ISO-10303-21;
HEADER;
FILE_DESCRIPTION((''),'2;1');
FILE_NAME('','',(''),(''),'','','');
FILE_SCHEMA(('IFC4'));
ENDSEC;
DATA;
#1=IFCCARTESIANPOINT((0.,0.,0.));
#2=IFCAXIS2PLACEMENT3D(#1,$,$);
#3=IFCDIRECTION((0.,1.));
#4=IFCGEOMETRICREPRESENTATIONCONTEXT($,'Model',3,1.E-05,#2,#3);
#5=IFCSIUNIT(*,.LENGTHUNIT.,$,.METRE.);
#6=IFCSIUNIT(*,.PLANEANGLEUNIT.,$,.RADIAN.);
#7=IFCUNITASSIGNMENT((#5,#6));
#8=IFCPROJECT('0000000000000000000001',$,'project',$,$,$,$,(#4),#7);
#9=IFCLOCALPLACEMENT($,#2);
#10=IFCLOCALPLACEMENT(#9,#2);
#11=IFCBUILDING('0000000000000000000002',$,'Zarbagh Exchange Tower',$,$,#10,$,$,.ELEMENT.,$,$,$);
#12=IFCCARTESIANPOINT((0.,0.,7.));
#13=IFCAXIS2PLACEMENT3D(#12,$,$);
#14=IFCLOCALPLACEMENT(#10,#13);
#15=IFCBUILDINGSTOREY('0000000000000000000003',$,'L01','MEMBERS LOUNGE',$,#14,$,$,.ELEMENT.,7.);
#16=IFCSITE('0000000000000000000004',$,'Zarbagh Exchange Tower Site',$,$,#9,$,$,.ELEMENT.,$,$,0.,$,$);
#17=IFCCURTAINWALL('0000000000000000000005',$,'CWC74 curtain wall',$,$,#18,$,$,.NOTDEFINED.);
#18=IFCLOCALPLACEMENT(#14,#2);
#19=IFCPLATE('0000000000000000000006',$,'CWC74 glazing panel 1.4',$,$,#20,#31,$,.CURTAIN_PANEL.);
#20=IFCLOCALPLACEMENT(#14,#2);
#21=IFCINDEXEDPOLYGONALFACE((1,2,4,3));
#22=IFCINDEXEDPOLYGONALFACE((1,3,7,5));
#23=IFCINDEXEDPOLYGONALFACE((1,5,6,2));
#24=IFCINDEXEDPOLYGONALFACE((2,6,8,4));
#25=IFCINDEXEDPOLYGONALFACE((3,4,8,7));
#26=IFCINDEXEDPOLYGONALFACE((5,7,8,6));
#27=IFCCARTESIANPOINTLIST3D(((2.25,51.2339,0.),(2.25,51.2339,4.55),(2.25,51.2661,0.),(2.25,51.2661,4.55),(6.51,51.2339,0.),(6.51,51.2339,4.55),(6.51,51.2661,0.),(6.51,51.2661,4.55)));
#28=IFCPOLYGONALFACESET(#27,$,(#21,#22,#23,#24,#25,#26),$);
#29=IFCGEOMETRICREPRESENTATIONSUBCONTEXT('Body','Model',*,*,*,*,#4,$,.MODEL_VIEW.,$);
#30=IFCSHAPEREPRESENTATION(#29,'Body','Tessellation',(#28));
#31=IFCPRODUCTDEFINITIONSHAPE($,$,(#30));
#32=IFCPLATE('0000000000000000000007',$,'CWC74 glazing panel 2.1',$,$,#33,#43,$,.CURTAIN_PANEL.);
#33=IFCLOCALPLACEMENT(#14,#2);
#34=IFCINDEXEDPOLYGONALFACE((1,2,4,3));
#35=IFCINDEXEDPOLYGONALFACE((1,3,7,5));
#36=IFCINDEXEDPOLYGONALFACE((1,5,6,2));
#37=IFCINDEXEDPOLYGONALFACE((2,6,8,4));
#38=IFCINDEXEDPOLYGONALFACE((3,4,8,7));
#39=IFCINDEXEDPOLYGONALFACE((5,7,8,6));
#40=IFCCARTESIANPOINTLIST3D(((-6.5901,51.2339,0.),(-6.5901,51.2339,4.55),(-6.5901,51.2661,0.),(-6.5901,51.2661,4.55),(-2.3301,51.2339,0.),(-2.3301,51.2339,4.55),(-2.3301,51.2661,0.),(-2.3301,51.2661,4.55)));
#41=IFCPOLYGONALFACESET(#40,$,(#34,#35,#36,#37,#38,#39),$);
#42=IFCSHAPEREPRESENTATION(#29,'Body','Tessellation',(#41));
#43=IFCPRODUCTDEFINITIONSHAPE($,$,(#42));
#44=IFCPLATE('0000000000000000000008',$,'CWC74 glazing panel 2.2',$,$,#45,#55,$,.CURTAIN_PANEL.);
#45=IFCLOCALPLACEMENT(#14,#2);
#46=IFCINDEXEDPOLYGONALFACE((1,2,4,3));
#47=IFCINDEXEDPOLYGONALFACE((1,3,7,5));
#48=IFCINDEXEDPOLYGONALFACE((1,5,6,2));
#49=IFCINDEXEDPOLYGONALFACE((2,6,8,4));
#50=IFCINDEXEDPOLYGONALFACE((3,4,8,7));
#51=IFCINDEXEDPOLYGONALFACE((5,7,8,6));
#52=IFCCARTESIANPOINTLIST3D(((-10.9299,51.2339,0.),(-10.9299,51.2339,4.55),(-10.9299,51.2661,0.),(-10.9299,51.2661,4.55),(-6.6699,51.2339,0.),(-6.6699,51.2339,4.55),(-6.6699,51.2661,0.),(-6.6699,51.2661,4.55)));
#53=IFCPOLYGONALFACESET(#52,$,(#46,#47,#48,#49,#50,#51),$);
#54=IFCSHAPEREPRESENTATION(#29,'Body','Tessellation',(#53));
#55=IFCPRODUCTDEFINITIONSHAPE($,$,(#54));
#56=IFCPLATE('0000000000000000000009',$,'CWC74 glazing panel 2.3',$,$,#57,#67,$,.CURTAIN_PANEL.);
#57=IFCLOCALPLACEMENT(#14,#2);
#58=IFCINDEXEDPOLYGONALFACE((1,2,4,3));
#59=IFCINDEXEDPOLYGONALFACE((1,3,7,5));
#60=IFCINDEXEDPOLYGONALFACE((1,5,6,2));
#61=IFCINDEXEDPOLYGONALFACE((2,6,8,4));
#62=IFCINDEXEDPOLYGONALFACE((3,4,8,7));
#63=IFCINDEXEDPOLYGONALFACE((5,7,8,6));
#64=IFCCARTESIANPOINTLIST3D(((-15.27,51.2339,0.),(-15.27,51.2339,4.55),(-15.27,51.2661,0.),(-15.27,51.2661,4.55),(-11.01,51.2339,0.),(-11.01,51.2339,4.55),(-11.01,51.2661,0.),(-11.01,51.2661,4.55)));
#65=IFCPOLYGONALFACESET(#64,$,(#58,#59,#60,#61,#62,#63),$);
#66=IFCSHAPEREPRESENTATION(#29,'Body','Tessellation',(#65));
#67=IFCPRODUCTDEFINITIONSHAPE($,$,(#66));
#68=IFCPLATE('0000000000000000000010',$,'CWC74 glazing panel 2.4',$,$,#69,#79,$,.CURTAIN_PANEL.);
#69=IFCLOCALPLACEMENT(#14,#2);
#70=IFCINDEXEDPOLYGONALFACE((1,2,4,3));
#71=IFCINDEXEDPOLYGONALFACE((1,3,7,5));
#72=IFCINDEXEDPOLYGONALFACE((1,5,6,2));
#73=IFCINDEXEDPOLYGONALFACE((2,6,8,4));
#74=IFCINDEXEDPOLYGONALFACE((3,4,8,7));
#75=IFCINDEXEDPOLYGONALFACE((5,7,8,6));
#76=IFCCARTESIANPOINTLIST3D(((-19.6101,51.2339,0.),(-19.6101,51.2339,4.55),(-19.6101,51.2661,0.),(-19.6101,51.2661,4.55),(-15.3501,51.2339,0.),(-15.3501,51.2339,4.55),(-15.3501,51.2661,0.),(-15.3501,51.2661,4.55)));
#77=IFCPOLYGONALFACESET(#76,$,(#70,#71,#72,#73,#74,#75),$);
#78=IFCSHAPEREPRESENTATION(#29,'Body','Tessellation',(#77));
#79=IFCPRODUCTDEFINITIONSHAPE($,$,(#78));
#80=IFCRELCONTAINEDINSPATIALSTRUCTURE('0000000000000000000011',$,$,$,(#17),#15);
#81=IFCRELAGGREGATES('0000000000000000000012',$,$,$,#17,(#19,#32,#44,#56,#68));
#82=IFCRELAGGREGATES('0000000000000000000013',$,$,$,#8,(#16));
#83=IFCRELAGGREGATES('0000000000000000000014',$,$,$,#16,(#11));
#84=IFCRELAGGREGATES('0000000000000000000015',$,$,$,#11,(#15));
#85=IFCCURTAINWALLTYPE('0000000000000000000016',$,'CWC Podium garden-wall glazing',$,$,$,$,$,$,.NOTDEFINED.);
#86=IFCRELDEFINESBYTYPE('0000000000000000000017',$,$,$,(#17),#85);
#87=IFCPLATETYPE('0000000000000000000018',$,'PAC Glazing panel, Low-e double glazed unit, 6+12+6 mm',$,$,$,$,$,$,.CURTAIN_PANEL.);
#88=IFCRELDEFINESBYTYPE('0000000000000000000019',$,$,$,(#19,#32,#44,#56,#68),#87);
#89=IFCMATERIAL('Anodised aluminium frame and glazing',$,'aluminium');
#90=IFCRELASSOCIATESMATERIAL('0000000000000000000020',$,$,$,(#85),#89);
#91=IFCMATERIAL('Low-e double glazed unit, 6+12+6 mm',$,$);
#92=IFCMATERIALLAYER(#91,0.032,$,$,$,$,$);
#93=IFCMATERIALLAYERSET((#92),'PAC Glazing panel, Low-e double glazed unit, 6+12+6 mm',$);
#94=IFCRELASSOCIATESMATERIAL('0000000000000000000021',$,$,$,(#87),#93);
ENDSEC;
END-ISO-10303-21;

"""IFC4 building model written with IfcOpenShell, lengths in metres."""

from ifc_helpers import new_model, si_unit, direction, frame, origin, place, context, subcontext, project, spatial, polyline, outline, extrude, source, transform, mapped, material, layer, layer_set, type_object, element, aggregate, save


model = new_model("IFC4")

# Units and contexts
model_context = context("Model", 3, precision=1e-05, world=origin(), true_north=direction((0.0, 1.0)))
body_context = subcontext(model_context, "Body", "Model", "MODEL_VIEW")
ifc_project = project(units=[si_unit("LENGTHUNIT", "METRE"), si_unit("PLANEANGLEUNIT", "RADIAN")], contexts=[model_context])

# Site, building, storey
site_placement = place(None, origin())
site = spatial("IfcSite", under=ifc_project, at=site_placement, Name="Zarbagh Exchange Tower Site", CompositionType="ELEMENT", RefElevation=0.0)
building_placement = place(site_placement, origin())
building = spatial("IfcBuilding", under=site, at=building_placement, Name="Zarbagh Exchange Tower", CompositionType="ELEMENT")
storey_placement = place(building_placement, frame((0.0, 0.0, 7.0)))
storey = spatial("IfcBuildingStorey", under=building, at=storey_placement, Name="L01", Description="MEMBERS LOUNGE", CompositionType="ELEMENT", Elevation=7.0)

# Curtain wall
ifc_material_1 = material(Name="Anodised aluminium frame and glazing", Category="aluminium")
curtain_wall_type = type_object("IfcCurtainWallType", Name="CWC Podium garden-wall glazing", PredefinedType="NOTDEFINED", material=ifc_material_1)
curtain_wall_1_placement = place(storey_placement, origin())
curtain_wall_1 = element("IfcCurtainWall", 1, at=curtain_wall_1_placement, inside=storey, type_object=curtain_wall_type, Name="CWC74 curtain wall", PredefinedType="NOTDEFINED")
placement = place(storey_placement, origin())

# Shared definitions
ifc_material_2 = material(Name="Low-e double glazed unit, 6+12+6 mm")
ifc_layer = layer(ifc_material_2, 0.032)
ifc_layer_set = layer_set([ifc_layer], Name="PAC Glazing panel, Low-e double glazed unit, 6+12+6 mm")
plate_type = type_object("IfcPlateType", Name="PAC Glazing panel, Low-e double glazed unit, 6+12+6 mm", PredefinedType="CURTAIN_PANEL", material=ifc_layer_set)

# Plates
shared_shape_1 = source(origin(), body_context, "Body", "SweptSolid", [
    extrude(outline(polyline([(0.0, -0.0161), (4.26, -0.0161), (4.26, 0.0161), (0.0, 0.0161), (0.0, -0.0161)])), origin(), (0.0, 0.0, 1.0), 4.55),
])
plate_1 = element("IfcPlate", 2, at=placement, type_object=plate_type, Name="CWC74 glazing panel 1.4", PredefinedType="CURTAIN_PANEL", context=body_context, shape_type="MappedRepresentation", body=[
    mapped(shared_shape_1, transform((6.51, 51.25, 0.0), x_axis=(-1.0, 0.0, 0.0), y_axis=(0.0, -1.0, 0.0), z_axis=(0.0, 0.0, 1.0))),
])
plate_2 = element("IfcPlate", 3, at=placement, type_object=plate_type, Name="CWC74 glazing panel 2.1", PredefinedType="CURTAIN_PANEL", context=body_context, shape_type="MappedRepresentation", body=[
    mapped(shared_shape_1, transform((-2.3301, 51.25, 0.0), x_axis=(-1.0, 0.0, 0.0), y_axis=(0.0, -1.0, 0.0), z_axis=(0.0, 0.0, 1.0))),
])
plate_3 = element("IfcPlate", 4, at=placement, type_object=plate_type, Name="CWC74 glazing panel 2.2", PredefinedType="CURTAIN_PANEL", context=body_context, shape_type="MappedRepresentation", body=[
    mapped(shared_shape_1, transform((-6.6699, 51.25, 0.0), x_axis=(-1.0, 0.0, 0.0), y_axis=(0.0, -1.0, 0.0), z_axis=(0.0, 0.0, 1.0))),
])
plate_4 = element("IfcPlate", 5, at=placement, type_object=plate_type, Name="CWC74 glazing panel 2.3", PredefinedType="CURTAIN_PANEL", context=body_context, shape_type="MappedRepresentation", body=[
    mapped(shared_shape_1, transform((-11.01, 51.25, 0.0), x_axis=(-1.0, 0.0, 0.0), y_axis=(0.0, -1.0, 0.0), z_axis=(0.0, 0.0, 1.0))),
])
plate_5 = element("IfcPlate", 6, at=placement, type_object=plate_type, Name="CWC74 glazing panel 2.4", PredefinedType="CURTAIN_PANEL", context=body_context, shape_type="MappedRepresentation", body=[
    mapped(shared_shape_1, transform((-15.3501, 51.25, 0.0), x_axis=(-1.0, 0.0, 0.0), y_axis=(0.0, -1.0, 0.0), z_axis=(0.0, 0.0, 1.0))),
])
aggregate(curtain_wall_1, [plate_1, plate_2, plate_3, plate_4, plate_5])

save(model, "model.ifc")
